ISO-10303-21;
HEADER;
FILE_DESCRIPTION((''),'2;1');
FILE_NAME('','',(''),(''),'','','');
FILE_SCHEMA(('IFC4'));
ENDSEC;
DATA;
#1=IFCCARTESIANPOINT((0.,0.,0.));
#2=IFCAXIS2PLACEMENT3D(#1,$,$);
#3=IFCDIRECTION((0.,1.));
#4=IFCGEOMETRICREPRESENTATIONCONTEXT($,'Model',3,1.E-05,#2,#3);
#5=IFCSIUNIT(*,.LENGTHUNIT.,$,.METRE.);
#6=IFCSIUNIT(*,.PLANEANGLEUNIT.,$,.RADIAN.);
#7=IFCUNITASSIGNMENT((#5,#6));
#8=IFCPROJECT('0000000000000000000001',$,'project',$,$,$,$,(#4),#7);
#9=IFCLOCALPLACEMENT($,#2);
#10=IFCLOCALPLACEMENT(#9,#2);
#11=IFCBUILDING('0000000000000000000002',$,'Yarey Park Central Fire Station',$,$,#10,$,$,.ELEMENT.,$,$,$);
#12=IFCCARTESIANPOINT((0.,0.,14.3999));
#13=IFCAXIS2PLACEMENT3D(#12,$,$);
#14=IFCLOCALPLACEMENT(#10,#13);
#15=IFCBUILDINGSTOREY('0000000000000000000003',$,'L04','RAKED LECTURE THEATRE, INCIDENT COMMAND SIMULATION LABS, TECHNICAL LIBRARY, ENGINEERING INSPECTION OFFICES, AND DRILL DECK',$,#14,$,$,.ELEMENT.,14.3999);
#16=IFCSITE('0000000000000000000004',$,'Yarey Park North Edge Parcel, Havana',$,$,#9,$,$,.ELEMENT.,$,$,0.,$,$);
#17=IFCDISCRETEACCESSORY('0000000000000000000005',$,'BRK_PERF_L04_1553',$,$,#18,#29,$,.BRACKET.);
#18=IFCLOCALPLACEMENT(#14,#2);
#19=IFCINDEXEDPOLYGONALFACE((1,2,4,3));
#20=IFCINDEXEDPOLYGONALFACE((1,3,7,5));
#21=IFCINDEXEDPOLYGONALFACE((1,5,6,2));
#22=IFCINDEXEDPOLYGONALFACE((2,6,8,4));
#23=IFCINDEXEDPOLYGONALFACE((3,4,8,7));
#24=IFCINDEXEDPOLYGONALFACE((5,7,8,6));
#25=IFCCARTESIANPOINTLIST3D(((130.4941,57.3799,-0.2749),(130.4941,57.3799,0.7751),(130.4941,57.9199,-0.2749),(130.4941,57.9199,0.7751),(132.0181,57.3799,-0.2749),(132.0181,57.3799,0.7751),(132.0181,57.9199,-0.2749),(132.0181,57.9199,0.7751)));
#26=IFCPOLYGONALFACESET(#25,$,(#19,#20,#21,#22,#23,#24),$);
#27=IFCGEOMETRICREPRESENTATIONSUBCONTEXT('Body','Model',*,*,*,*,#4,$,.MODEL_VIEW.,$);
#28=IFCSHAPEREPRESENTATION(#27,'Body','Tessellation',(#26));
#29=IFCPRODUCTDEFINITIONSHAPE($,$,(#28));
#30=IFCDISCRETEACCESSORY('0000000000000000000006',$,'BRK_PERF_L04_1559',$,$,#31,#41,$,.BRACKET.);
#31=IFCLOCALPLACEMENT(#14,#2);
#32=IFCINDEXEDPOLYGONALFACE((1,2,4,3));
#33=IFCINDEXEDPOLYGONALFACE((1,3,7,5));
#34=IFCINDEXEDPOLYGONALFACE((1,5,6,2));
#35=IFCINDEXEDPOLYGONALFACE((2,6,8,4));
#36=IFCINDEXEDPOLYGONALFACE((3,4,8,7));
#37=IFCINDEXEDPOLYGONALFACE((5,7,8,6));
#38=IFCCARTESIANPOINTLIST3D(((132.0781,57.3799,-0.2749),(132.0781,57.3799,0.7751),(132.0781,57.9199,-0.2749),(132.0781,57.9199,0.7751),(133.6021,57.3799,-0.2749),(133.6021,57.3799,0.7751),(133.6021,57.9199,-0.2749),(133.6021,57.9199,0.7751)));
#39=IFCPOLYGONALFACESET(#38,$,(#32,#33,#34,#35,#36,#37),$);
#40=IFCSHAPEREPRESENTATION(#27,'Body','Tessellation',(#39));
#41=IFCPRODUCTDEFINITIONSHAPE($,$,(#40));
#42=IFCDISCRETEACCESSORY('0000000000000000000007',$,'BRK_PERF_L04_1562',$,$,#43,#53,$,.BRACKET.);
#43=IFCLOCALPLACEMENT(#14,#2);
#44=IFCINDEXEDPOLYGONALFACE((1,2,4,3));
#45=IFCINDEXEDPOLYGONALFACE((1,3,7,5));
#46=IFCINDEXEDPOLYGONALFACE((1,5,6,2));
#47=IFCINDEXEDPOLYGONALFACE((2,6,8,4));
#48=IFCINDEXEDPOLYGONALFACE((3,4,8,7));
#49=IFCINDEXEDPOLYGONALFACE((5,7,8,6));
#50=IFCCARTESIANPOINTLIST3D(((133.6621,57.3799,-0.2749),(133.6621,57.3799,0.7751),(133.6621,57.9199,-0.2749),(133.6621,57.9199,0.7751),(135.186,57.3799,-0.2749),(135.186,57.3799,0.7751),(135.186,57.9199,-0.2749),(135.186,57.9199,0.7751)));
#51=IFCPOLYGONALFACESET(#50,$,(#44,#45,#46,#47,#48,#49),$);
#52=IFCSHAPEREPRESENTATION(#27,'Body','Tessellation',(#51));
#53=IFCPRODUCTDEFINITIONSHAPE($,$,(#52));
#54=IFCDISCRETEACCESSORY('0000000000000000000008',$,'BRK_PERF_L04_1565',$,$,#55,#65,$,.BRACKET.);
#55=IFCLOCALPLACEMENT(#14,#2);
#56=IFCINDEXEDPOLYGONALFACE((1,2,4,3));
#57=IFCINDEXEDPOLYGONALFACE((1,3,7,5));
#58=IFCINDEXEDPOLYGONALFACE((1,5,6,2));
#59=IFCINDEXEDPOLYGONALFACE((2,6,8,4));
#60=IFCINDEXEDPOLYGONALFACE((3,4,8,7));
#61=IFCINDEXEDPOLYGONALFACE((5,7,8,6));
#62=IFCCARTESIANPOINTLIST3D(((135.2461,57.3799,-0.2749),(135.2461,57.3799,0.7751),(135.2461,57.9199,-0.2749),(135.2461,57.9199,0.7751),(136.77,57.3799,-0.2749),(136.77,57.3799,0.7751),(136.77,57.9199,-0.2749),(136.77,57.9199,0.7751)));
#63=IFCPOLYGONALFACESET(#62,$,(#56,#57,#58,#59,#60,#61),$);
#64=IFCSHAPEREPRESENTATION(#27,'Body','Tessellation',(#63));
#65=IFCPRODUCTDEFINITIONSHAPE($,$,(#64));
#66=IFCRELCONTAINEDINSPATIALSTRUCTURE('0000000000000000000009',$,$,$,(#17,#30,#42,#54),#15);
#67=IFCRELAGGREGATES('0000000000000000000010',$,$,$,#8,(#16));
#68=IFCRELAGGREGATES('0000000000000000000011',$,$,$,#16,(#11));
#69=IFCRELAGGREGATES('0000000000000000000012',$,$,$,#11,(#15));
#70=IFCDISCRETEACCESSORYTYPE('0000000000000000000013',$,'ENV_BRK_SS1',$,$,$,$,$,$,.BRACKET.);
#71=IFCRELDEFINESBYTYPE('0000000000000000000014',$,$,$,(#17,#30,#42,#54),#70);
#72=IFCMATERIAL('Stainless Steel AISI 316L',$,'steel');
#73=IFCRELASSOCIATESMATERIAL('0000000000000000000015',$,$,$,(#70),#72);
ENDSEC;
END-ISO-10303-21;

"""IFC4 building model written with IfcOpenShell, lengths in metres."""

from ifc_helpers import new_model, si_unit, direction, frame, origin, origin_2d, place, context, subcontext, project, spatial, rectangle, extrude, material, type_object, element, save


model = new_model("IFC4")

# Units and contexts
model_context = context("Model", 3, precision=1e-05, world=origin(), true_north=direction((0.0, 1.0)))
body_context = subcontext(model_context, "Body", "Model", "MODEL_VIEW")
ifc_project = project(units=[si_unit("LENGTHUNIT", "METRE"), si_unit("PLANEANGLEUNIT", "RADIAN")], contexts=[model_context])

# Site, building, storey
site_placement = place(None, origin())
site = spatial("IfcSite", under=ifc_project, at=site_placement, Name="Yarey Park North Edge Parcel, Havana", CompositionType="ELEMENT", RefElevation=0.0)
building_placement = place(site_placement, origin())
building = spatial("IfcBuilding", under=site, at=building_placement, Name="Yarey Park Central Fire Station", CompositionType="ELEMENT")
storey_placement = place(building_placement, frame((0.0, 0.0, 14.3999)))
storey = spatial("IfcBuildingStorey", under=building, at=storey_placement, Name="L04", Description="RAKED LECTURE THEATRE, INCIDENT COMMAND SIMULATION LABS, TECHNICAL LIBRARY, ENGINEERING INSPECTION OFFICES, AND DRILL DECK", CompositionType="ELEMENT", Elevation=14.3999)

# Discrete accessories
ifc_material_1 = material(Name="Stainless Steel AISI 316L", Category="steel")
discrete_accessory_type = type_object("IfcDiscreteAccessoryType", Name="ENV_BRK_SS1", PredefinedType="BRACKET", material=ifc_material_1)
for number, where, z_axis, x_axis, name in (
    (1, (131.2561, 57.6499, -0.2749), (0.0, 0.0, 1.0), (1.0, 0.0, 0.0), "BRK_PERF_L04_1553"),
    (2, (132.8401, 57.6499, -0.2749), (0.0, 0.0, 1.0), (1.0, 0.0, 0.0), "BRK_PERF_L04_1559"),
    (3, (134.4241, 57.6499, -0.2749), (0.0, 0.0, 1.0), (1.0, 0.0, 0.0), "BRK_PERF_L04_1562"),
    (4, (136.0081, 57.6499, -0.2749), (0.0, 0.0, 1.0), (1.0, 0.0, 0.0), "BRK_PERF_L04_1565"),
):
    element("IfcDiscreteAccessory", number, at=place(storey_placement, frame(where, z_axis=z_axis, x_axis=x_axis)), inside=storey, type_object=discrete_accessory_type, Name=name, PredefinedType="BRACKET", context=body_context, shape_type="SweptSolid", body=[
        extrude(rectangle(XDim=1.5239, YDim=0.54, at=origin_2d()), origin(), (0.0, 0.0, 1.0), 1.05),
    ])

save(model, "model.ifc")
